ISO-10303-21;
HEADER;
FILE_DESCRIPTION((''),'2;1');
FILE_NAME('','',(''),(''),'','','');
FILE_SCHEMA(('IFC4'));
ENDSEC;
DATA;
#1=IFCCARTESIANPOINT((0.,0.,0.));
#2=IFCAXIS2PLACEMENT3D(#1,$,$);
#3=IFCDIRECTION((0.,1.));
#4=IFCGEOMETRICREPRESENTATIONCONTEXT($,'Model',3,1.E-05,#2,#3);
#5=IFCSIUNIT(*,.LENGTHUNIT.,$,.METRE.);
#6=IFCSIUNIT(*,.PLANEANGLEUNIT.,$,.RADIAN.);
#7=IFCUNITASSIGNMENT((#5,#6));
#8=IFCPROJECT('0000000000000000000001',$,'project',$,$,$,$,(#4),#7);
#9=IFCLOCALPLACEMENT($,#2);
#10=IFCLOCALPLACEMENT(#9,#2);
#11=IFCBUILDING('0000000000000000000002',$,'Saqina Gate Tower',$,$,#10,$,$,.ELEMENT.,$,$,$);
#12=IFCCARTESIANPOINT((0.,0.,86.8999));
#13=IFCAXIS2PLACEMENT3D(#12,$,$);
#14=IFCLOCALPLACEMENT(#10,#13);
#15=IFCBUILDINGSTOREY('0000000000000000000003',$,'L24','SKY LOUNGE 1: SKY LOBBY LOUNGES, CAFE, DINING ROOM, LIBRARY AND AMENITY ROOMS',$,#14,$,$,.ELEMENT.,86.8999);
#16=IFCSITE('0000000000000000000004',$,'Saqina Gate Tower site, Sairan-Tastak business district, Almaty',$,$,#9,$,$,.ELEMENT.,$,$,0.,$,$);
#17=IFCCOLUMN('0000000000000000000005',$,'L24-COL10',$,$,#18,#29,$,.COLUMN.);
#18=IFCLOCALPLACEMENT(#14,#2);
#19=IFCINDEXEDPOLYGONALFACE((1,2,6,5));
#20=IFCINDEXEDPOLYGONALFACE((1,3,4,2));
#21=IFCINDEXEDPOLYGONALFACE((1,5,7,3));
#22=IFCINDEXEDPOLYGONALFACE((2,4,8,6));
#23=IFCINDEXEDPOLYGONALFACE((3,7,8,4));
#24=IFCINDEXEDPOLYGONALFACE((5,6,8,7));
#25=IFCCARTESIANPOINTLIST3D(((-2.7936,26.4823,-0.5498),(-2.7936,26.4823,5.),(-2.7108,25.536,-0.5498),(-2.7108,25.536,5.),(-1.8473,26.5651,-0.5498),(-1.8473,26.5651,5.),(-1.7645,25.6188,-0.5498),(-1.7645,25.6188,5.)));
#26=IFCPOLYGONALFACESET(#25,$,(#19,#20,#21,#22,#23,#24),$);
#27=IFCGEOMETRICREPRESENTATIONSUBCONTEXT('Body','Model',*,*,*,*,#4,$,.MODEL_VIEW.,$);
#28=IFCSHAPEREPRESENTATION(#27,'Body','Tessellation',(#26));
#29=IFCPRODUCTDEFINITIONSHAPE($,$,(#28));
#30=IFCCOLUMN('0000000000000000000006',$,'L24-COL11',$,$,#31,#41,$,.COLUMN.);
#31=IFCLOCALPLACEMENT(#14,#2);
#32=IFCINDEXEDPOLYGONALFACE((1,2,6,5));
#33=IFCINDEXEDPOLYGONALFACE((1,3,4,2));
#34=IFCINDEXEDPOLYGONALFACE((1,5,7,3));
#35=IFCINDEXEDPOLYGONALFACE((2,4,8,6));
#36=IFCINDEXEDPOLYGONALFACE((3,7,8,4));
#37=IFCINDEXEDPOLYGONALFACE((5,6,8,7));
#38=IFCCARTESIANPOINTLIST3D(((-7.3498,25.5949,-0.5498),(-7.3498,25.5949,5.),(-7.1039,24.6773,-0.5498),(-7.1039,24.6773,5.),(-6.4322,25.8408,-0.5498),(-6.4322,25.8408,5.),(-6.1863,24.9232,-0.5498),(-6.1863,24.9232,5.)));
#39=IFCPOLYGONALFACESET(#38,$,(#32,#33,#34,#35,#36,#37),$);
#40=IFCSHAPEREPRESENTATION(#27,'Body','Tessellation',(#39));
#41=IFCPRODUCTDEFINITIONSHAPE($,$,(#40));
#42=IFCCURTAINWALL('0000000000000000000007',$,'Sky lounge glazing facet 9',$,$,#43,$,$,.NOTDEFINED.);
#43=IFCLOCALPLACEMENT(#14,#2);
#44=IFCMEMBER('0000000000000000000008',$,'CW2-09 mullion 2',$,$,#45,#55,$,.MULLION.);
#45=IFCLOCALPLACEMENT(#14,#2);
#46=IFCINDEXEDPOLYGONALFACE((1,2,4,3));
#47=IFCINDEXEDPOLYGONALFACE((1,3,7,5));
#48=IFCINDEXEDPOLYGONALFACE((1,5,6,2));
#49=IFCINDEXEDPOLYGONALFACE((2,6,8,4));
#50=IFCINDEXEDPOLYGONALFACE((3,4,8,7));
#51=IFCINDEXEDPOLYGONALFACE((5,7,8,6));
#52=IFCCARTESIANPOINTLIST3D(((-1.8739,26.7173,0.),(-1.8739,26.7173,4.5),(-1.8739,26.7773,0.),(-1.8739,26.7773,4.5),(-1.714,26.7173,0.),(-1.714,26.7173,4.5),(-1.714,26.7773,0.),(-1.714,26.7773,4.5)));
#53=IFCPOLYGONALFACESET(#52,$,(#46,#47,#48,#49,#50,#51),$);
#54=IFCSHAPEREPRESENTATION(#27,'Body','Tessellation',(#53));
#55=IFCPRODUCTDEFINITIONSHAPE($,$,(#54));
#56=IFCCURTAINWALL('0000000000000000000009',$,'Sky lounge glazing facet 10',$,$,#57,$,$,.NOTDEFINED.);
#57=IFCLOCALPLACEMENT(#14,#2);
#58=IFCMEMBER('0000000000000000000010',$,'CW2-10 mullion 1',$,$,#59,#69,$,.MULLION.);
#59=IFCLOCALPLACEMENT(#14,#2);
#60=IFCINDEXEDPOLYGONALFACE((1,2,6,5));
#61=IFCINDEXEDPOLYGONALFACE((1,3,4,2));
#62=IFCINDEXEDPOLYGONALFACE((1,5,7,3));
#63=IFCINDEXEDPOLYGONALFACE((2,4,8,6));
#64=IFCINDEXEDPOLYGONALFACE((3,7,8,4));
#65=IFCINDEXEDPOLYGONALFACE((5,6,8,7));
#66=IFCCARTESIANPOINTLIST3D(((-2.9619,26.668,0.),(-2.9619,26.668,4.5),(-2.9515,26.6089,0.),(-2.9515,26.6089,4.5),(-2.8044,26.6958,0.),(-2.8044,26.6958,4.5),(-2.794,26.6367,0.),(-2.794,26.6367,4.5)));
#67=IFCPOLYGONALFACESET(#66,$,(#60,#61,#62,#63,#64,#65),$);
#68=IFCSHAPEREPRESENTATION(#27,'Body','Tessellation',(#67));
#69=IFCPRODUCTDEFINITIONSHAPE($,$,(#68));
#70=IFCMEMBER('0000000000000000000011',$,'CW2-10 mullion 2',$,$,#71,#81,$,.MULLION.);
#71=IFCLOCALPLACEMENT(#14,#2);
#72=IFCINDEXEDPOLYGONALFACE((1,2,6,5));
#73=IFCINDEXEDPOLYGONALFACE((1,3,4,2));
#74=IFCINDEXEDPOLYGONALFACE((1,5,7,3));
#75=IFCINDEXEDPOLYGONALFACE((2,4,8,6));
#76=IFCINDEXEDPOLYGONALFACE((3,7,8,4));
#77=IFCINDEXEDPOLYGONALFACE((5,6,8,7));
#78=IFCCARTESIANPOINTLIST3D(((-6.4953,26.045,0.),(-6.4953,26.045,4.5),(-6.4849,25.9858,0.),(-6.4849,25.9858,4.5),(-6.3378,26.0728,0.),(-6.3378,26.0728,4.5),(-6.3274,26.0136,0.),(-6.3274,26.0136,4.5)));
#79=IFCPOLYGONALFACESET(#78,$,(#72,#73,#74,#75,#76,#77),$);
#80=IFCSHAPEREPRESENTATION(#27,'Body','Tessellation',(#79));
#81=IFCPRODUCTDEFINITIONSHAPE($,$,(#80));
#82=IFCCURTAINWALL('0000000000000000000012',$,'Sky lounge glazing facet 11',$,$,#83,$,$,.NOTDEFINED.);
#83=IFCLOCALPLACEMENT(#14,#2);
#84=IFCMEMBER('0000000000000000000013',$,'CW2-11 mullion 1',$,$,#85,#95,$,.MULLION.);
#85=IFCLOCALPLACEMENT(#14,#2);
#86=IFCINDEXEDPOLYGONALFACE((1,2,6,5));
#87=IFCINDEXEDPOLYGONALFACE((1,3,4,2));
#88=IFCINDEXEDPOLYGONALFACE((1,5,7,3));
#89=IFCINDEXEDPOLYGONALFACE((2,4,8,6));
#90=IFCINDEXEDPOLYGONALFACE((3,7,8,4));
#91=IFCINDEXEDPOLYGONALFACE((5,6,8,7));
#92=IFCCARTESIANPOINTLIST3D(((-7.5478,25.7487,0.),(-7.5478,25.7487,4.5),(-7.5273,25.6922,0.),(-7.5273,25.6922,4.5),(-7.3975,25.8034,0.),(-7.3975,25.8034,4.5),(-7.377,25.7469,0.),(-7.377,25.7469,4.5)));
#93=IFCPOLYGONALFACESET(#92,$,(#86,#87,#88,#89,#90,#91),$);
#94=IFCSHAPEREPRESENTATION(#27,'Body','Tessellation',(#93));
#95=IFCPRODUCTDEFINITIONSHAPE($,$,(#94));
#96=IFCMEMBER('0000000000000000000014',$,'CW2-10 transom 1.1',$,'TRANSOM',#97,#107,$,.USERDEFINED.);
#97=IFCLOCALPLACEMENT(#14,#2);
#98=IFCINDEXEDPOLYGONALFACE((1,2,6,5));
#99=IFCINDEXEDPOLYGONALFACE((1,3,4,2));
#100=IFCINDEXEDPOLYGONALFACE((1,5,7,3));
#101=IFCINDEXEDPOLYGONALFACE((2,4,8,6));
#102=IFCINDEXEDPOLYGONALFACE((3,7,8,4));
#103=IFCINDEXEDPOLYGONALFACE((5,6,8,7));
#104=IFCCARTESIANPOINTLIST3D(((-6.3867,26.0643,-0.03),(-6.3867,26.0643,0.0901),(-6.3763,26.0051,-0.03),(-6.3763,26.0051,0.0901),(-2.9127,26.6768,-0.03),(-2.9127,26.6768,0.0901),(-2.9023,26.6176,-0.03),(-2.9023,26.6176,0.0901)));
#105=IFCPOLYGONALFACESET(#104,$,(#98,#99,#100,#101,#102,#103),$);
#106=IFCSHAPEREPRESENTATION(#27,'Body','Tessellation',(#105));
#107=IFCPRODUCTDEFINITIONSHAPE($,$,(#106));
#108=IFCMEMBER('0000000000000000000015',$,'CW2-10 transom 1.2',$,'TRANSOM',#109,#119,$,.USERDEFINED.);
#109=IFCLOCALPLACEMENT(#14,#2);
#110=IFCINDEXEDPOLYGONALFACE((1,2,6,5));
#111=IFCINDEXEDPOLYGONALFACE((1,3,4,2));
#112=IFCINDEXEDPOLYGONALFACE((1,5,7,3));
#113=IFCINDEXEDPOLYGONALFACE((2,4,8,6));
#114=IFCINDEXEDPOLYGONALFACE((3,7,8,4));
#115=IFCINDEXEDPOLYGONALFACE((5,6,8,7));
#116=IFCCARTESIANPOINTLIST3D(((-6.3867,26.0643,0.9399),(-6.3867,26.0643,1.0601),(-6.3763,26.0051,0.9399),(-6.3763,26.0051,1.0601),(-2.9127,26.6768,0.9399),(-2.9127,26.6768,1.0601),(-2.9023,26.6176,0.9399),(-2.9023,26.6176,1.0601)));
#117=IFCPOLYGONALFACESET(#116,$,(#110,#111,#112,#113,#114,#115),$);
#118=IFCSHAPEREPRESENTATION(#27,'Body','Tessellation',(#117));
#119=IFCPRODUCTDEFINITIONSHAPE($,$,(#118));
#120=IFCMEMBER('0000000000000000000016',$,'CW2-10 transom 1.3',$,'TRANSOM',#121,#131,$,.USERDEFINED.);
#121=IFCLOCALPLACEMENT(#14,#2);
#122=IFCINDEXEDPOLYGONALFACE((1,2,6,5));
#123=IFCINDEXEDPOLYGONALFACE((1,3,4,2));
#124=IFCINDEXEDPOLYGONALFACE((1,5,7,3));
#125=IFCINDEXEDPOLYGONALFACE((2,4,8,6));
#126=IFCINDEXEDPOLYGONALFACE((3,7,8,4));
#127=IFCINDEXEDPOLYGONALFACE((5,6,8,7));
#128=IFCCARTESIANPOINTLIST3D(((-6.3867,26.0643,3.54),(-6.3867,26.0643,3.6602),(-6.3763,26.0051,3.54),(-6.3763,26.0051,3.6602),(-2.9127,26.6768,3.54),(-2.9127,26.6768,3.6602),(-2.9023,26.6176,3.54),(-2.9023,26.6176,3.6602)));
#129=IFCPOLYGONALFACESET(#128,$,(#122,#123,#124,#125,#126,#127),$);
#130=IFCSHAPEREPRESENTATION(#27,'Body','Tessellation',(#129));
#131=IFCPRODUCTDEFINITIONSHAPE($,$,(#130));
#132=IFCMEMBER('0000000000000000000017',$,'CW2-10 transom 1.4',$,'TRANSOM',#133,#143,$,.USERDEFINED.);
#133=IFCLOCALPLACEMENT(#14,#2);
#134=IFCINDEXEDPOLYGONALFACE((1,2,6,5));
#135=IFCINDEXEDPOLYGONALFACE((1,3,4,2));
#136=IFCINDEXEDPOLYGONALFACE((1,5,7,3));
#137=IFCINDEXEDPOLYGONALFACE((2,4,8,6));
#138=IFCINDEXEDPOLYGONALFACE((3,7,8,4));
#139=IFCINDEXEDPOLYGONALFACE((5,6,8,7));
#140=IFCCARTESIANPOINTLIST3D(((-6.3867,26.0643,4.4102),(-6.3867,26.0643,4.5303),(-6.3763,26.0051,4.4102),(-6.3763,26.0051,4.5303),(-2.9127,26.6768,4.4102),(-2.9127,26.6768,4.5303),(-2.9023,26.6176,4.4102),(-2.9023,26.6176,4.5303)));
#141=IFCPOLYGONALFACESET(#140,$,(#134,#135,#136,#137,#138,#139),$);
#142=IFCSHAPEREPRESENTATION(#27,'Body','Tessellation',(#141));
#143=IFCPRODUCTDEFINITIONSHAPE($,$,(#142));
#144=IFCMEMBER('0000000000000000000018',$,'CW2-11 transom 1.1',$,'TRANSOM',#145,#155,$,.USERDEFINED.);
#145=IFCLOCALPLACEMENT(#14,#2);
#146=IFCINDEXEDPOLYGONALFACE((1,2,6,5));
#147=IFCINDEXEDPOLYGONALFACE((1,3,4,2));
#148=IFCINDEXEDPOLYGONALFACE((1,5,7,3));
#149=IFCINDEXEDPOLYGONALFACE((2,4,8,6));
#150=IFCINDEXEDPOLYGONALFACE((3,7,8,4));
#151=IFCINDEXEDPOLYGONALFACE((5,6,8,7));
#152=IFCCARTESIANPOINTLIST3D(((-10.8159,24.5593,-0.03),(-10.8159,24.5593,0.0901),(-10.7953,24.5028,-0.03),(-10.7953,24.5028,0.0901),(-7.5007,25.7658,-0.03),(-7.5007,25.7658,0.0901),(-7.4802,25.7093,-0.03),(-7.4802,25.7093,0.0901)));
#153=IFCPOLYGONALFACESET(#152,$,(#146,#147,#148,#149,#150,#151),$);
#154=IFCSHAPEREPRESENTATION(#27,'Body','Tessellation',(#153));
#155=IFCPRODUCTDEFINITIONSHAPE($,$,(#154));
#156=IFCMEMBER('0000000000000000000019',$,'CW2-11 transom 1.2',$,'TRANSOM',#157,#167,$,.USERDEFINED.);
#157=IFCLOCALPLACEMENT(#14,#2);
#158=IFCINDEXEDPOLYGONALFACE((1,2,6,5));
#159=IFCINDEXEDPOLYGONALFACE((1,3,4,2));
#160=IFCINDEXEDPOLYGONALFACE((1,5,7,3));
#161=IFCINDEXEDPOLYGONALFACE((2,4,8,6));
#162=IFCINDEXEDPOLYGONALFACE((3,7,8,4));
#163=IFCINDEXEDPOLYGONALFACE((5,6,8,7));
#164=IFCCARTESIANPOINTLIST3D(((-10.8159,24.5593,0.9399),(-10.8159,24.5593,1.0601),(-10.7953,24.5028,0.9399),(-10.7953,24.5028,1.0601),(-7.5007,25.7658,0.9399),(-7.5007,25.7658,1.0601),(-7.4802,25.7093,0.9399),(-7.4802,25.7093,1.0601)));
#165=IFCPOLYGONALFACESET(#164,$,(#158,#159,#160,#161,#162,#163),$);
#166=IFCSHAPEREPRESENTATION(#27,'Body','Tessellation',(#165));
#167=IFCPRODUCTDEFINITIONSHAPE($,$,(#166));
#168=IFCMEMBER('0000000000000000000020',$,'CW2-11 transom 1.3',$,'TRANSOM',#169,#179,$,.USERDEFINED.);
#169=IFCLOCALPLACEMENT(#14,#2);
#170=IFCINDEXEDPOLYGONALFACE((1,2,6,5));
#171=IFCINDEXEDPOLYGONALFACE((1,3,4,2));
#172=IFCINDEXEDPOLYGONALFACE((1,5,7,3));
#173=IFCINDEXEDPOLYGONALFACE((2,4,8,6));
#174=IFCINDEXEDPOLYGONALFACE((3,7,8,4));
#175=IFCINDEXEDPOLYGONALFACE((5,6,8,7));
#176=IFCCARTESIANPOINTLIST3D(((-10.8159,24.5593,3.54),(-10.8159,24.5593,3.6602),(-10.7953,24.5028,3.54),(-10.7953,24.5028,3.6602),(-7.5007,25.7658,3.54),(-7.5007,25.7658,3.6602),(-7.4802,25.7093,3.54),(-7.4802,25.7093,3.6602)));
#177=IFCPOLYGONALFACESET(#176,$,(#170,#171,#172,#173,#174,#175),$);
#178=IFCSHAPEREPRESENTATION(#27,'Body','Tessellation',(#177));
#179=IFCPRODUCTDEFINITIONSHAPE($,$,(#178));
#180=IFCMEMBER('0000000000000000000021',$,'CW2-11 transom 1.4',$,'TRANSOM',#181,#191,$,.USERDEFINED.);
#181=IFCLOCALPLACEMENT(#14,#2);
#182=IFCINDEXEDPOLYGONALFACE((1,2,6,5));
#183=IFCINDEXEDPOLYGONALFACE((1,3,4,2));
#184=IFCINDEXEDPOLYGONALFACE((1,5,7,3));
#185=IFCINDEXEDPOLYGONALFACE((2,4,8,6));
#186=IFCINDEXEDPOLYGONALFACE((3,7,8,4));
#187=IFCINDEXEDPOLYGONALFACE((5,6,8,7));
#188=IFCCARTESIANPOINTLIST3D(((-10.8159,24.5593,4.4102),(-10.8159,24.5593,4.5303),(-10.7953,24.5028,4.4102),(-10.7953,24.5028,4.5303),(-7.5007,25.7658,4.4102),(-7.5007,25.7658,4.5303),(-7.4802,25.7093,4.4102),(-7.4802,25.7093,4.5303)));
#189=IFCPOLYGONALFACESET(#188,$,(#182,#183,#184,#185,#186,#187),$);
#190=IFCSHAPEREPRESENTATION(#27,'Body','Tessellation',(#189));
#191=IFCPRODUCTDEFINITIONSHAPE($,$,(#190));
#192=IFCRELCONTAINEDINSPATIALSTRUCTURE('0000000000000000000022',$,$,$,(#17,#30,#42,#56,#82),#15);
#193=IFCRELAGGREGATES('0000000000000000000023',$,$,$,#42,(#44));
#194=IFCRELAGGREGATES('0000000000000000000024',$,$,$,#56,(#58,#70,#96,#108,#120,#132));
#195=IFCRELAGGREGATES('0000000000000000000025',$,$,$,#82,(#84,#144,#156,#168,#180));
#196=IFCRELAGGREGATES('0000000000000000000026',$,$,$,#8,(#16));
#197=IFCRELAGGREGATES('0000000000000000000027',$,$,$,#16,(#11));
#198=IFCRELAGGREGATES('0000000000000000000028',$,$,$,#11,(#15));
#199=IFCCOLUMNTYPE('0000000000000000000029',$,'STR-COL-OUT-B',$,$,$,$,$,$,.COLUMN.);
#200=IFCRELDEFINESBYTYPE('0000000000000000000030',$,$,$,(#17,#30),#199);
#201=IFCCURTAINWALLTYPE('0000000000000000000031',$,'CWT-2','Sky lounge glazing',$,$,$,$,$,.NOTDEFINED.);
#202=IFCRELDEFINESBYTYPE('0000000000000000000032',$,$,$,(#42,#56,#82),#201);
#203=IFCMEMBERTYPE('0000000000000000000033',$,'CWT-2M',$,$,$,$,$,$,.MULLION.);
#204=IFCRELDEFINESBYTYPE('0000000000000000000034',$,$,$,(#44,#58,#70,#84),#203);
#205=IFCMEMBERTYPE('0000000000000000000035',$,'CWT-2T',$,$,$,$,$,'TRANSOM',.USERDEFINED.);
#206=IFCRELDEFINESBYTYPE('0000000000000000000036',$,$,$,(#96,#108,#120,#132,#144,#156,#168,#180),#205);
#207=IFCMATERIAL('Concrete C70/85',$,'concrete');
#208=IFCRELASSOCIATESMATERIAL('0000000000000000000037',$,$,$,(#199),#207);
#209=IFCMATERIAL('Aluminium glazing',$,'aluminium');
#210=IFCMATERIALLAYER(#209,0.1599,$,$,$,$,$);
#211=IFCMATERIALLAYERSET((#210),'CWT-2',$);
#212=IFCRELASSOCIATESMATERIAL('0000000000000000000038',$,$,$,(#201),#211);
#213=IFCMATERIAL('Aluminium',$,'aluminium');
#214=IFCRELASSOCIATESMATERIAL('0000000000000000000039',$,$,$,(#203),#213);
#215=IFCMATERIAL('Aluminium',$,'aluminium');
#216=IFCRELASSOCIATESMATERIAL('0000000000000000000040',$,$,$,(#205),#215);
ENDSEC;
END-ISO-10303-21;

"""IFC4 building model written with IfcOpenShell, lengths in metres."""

from ifc_helpers import new_model, si_unit, direction, frame, origin, origin_2d, place, context, subcontext, project, spatial, rectangle, extrude, material, layer, layer_set, material_profile, profile_set, type_object, element, aggregate, save


model = new_model("IFC4")

# Units and contexts
model_context = context("Model", 3, precision=1e-05, world=origin(), true_north=direction((0.0, 1.0)))
body_context = subcontext(model_context, "Body", "Model", "MODEL_VIEW")
ifc_project = project(units=[si_unit("LENGTHUNIT", "METRE"), si_unit("PLANEANGLEUNIT", "RADIAN")], contexts=[model_context])

# Site, building, storey
site_placement = place(None, origin())
site = spatial("IfcSite", under=ifc_project, at=site_placement, Name="Saqina Gate Tower site, Sairan-Tastak business district, Almaty", CompositionType="ELEMENT", RefElevation=0.0)
building_placement = place(site_placement, origin())
building = spatial("IfcBuilding", under=site, at=building_placement, Name="Saqina Gate Tower", CompositionType="ELEMENT")
storey_placement = place(building_placement, frame((0.0, 0.0, 86.8999)))
storey = spatial("IfcBuildingStorey", under=building, at=storey_placement, Name="L24", Description="SKY LOUNGE 1: SKY LOBBY LOUNGES, CAFE, DINING ROOM, LIBRARY AND AMENITY ROOMS", CompositionType="ELEMENT", Elevation=86.8999)

# Columns
ifc_material_1 = material(Name="Concrete C70/85", Category="concrete")
ifc_material_profile_1 = material_profile(ifc_material_1, rectangle(XDim=0.95, YDim=0.95, at=origin_2d()), Name="RC 950x950")
ifc_profile_set_1 = profile_set([ifc_material_profile_1], Name="Concrete C70/85")
column_type = type_object("IfcColumnType", Name="STR-COL-OUT-B", PredefinedType="COLUMN", material=ifc_profile_set_1)
for number, where, z_axis, x_axis, name in (
    (1, (-2.2791, 26.0505, -0.5498), (0.0, 0.0, 1.0), (-0.087156, 0.996195, 0.0), "L24-COL10"),
    (2, (-6.7681, 25.259, -0.5498), (0.0, 0.0, 1.0), (-0.258819, 0.965926, 0.0), "L24-COL11"),
):
    element("IfcColumn", number, at=place(storey_placement, frame(where, z_axis=z_axis, x_axis=x_axis)), inside=storey, type_object=column_type, Name=name, PredefinedType="COLUMN", context=body_context, shape_type="SweptSolid", body=[
        extrude(rectangle(XDim=0.95, YDim=0.95, at=origin_2d()), origin(), (0.0, 0.0, 1.0), 5.5498),
    ])

# Curtain wall, member
ifc_material_2 = material(Name="Aluminium glazing", Category="aluminium")
ifc_layer_1 = layer(ifc_material_2, 0.1599)
ifc_layer_set_1 = layer_set([ifc_layer_1], Name="CWT-2")
curtain_wall_type = type_object("IfcCurtainWallType", Name="CWT-2", Description="Sky lounge glazing", PredefinedType="NOTDEFINED", material=ifc_layer_set_1)
curtain_wall_1_placement = place(storey_placement, origin())
curtain_wall_1 = element("IfcCurtainWall", 3, at=curtain_wall_1_placement, inside=storey, type_object=curtain_wall_type, Name="Sky lounge glazing facet 9", PredefinedType="NOTDEFINED")
ifc_material_3 = material(Name="Aluminium", Category="aluminium")
ifc_material_profile_2 = material_profile(ifc_material_3, rectangle(XDim=0.0601, YDim=0.1599, at=origin_2d()), Name="Aluminium 60x160")
ifc_profile_set_2 = profile_set([ifc_material_profile_2], Name="Aluminium")
member_type_1 = type_object("IfcMemberType", Name="CWT-2M", PredefinedType="MULLION", material=ifc_profile_set_2)
member_1_placement = place(storey_placement, frame((-1.7939, 26.7473, 0.0), z_axis=(0.0, 0.0, 1.0), x_axis=(0.0, -1.0, 0.0)))
member_1 = element("IfcMember", 4, at=member_1_placement, type_object=member_type_1, Name="CW2-09 mullion 2", PredefinedType="MULLION", context=body_context, shape_type="SweptSolid", body=[
    extrude(rectangle(XDim=0.0601, YDim=0.1599, at=origin_2d()), origin(), (0.0, 0.0, 1.0), 4.5),
])
aggregate(curtain_wall_1, [member_1])

# Curtain wall, members
curtain_wall_2_placement = place(storey_placement, origin())
curtain_wall_2 = element("IfcCurtainWall", 5, at=curtain_wall_2_placement, inside=storey, type_object=curtain_wall_type, Name="Sky lounge glazing facet 10", PredefinedType="NOTDEFINED")
member_2_placement = place(storey_placement, frame((-2.8779, 26.6523, 0.0), z_axis=(0.0, 0.0, 1.0), x_axis=(0.173638, -0.984809, 0.0)))
member_2 = element("IfcMember", 6, at=member_2_placement, type_object=member_type_1, Name="CW2-10 mullion 1", PredefinedType="MULLION", context=body_context, shape_type="SweptSolid", body=[
    extrude(rectangle(XDim=0.0601, YDim=0.1599, at=origin_2d()), origin(), (0.0, 0.0, 1.0), 4.5),
])
member_3_placement = place(storey_placement, frame((-6.4114, 26.0293, 0.0), z_axis=(0.0, 0.0, 1.0), x_axis=(0.173638, -0.984809, 0.0)))
member_3 = element("IfcMember", 7, at=member_3_placement, type_object=member_type_1, Name="CW2-10 mullion 2", PredefinedType="MULLION", context=body_context, shape_type="SweptSolid", body=[
    extrude(rectangle(XDim=0.0601, YDim=0.1599, at=origin_2d()), origin(), (0.0, 0.0, 1.0), 4.5),
])

# Curtain wall, member
curtain_wall_3_placement = place(storey_placement, origin())
curtain_wall_3 = element("IfcCurtainWall", 8, at=curtain_wall_3_placement, inside=storey, type_object=curtain_wall_type, Name="Sky lounge glazing facet 11", PredefinedType="NOTDEFINED")
member_4_placement = place(storey_placement, frame((-7.4624, 25.7478, 0.0), z_axis=(0.0, 0.0, 1.0), x_axis=(0.342016, -0.939694, 0.0)))
member_4 = element("IfcMember", 9, at=member_4_placement, type_object=member_type_1, Name="CW2-11 mullion 1", PredefinedType="MULLION", context=body_context, shape_type="SweptSolid", body=[
    extrude(rectangle(XDim=0.0601, YDim=0.1599, at=origin_2d()), origin(), (0.0, 0.0, 1.0), 4.5),
])

# Members
ifc_material_4 = material(Name="Aluminium", Category="aluminium")
ifc_material_profile_3 = material_profile(ifc_material_4, rectangle(XDim=0.0601, YDim=0.1201, at=origin_2d()), Name="Aluminium 60x120")
ifc_profile_set_3 = profile_set([ifc_material_profile_3], Name="Aluminium")
member_type_2 = type_object("IfcMemberType", Name="CWT-2T", ElementType="TRANSOM", PredefinedType="USERDEFINED", material=ifc_profile_set_3)
member_5_placement = place(storey_placement, frame((-2.9075, 26.6472, 0.03), z_axis=(-0.984809, -0.173639, 0.0), x_axis=(0.173639, -0.984809, 0.0)))
member_5 = element("IfcMember", 10, at=member_5_placement, type_object=member_type_2, Name="CW2-10 transom 1.1", ObjectType="TRANSOM", PredefinedType="USERDEFINED", context=body_context, shape_type="SweptSolid", body=[
    extrude(rectangle(XDim=0.0601, YDim=0.1201, at=origin_2d()), origin(), (0.0, 0.0, 1.0), 3.5276),
])
member_6_placement = place(storey_placement, frame((-2.9075, 26.6472, 1.0), z_axis=(-0.984809, -0.173639, 0.0), x_axis=(0.173639, -0.984809, 0.0)))
member_6 = element("IfcMember", 11, at=member_6_placement, type_object=member_type_2, Name="CW2-10 transom 1.2", ObjectType="TRANSOM", PredefinedType="USERDEFINED", context=body_context, shape_type="SweptSolid", body=[
    extrude(rectangle(XDim=0.0601, YDim=0.1201, at=origin_2d()), origin(), (0.0, 0.0, 1.0), 3.5276),
])
member_7_placement = place(storey_placement, frame((-2.9075, 26.6472, 3.6001), z_axis=(-0.984809, -0.173639, 0.0), x_axis=(0.173639, -0.984809, 0.0)))
member_7 = element("IfcMember", 12, at=member_7_placement, type_object=member_type_2, Name="CW2-10 transom 1.3", ObjectType="TRANSOM", PredefinedType="USERDEFINED", context=body_context, shape_type="SweptSolid", body=[
    extrude(rectangle(XDim=0.0601, YDim=0.1201, at=origin_2d()), origin(), (0.0, 0.0, 1.0), 3.5276),
])
member_8_placement = place(storey_placement, frame((-2.9075, 26.6472, 4.4702), z_axis=(-0.984809, -0.173639, 0.0), x_axis=(0.173639, -0.984809, 0.0)))
member_8 = element("IfcMember", 13, at=member_8_placement, type_object=member_type_2, Name="CW2-10 transom 1.4", ObjectType="TRANSOM", PredefinedType="USERDEFINED", context=body_context, shape_type="SweptSolid", body=[
    extrude(rectangle(XDim=0.0601, YDim=0.1201, at=origin_2d()), origin(), (0.0, 0.0, 1.0), 3.5276),
])
member_9_placement = place(storey_placement, frame((-7.4905, 25.7375, 0.03), z_axis=(-0.9397, -0.341999, 0.0), x_axis=(0.341999, -0.9397, 0.0)))
member_9 = element("IfcMember", 14, at=member_9_placement, type_object=member_type_2, Name="CW2-11 transom 1.1", ObjectType="TRANSOM", PredefinedType="USERDEFINED", context=body_context, shape_type="SweptSolid", body=[
    extrude(rectangle(XDim=0.0601, YDim=0.1201, at=origin_2d()), origin(), (0.0, 0.0, 1.0), 3.5278),
])
member_10_placement = place(storey_placement, frame((-7.4905, 25.7375, 1.0), z_axis=(-0.9397, -0.341999, 0.0), x_axis=(0.341999, -0.9397, 0.0)))
member_10 = element("IfcMember", 15, at=member_10_placement, type_object=member_type_2, Name="CW2-11 transom 1.2", ObjectType="TRANSOM", PredefinedType="USERDEFINED", context=body_context, shape_type="SweptSolid", body=[
    extrude(rectangle(XDim=0.0601, YDim=0.1201, at=origin_2d()), origin(), (0.0, 0.0, 1.0), 3.5278),
])
member_11_placement = place(storey_placement, frame((-7.4905, 25.7375, 3.6001), z_axis=(-0.9397, -0.341999, 0.0), x_axis=(0.341999, -0.9397, 0.0)))
member_11 = element("IfcMember", 16, at=member_11_placement, type_object=member_type_2, Name="CW2-11 transom 1.3", ObjectType="TRANSOM", PredefinedType="USERDEFINED", context=body_context, shape_type="SweptSolid", body=[
    extrude(rectangle(XDim=0.0601, YDim=0.1201, at=origin_2d()), origin(), (0.0, 0.0, 1.0), 3.5278),
])
member_12_placement = place(storey_placement, frame((-7.4905, 25.7375, 4.4702), z_axis=(-0.9397, -0.341999, 0.0), x_axis=(0.341999, -0.9397, 0.0)))
member_12 = element("IfcMember", 17, at=member_12_placement, type_object=member_type_2, Name="CW2-11 transom 1.4", ObjectType="TRANSOM", PredefinedType="USERDEFINED", context=body_context, shape_type="SweptSolid", body=[
    extrude(rectangle(XDim=0.0601, YDim=0.1201, at=origin_2d()), origin(), (0.0, 0.0, 1.0), 3.5278),
])

aggregate(curtain_wall_2, [member_2, member_3, member_5, member_6, member_7, member_8])
aggregate(curtain_wall_3, [member_4, member_9, member_10, member_11, member_12])

save(model, "model.ifc")
